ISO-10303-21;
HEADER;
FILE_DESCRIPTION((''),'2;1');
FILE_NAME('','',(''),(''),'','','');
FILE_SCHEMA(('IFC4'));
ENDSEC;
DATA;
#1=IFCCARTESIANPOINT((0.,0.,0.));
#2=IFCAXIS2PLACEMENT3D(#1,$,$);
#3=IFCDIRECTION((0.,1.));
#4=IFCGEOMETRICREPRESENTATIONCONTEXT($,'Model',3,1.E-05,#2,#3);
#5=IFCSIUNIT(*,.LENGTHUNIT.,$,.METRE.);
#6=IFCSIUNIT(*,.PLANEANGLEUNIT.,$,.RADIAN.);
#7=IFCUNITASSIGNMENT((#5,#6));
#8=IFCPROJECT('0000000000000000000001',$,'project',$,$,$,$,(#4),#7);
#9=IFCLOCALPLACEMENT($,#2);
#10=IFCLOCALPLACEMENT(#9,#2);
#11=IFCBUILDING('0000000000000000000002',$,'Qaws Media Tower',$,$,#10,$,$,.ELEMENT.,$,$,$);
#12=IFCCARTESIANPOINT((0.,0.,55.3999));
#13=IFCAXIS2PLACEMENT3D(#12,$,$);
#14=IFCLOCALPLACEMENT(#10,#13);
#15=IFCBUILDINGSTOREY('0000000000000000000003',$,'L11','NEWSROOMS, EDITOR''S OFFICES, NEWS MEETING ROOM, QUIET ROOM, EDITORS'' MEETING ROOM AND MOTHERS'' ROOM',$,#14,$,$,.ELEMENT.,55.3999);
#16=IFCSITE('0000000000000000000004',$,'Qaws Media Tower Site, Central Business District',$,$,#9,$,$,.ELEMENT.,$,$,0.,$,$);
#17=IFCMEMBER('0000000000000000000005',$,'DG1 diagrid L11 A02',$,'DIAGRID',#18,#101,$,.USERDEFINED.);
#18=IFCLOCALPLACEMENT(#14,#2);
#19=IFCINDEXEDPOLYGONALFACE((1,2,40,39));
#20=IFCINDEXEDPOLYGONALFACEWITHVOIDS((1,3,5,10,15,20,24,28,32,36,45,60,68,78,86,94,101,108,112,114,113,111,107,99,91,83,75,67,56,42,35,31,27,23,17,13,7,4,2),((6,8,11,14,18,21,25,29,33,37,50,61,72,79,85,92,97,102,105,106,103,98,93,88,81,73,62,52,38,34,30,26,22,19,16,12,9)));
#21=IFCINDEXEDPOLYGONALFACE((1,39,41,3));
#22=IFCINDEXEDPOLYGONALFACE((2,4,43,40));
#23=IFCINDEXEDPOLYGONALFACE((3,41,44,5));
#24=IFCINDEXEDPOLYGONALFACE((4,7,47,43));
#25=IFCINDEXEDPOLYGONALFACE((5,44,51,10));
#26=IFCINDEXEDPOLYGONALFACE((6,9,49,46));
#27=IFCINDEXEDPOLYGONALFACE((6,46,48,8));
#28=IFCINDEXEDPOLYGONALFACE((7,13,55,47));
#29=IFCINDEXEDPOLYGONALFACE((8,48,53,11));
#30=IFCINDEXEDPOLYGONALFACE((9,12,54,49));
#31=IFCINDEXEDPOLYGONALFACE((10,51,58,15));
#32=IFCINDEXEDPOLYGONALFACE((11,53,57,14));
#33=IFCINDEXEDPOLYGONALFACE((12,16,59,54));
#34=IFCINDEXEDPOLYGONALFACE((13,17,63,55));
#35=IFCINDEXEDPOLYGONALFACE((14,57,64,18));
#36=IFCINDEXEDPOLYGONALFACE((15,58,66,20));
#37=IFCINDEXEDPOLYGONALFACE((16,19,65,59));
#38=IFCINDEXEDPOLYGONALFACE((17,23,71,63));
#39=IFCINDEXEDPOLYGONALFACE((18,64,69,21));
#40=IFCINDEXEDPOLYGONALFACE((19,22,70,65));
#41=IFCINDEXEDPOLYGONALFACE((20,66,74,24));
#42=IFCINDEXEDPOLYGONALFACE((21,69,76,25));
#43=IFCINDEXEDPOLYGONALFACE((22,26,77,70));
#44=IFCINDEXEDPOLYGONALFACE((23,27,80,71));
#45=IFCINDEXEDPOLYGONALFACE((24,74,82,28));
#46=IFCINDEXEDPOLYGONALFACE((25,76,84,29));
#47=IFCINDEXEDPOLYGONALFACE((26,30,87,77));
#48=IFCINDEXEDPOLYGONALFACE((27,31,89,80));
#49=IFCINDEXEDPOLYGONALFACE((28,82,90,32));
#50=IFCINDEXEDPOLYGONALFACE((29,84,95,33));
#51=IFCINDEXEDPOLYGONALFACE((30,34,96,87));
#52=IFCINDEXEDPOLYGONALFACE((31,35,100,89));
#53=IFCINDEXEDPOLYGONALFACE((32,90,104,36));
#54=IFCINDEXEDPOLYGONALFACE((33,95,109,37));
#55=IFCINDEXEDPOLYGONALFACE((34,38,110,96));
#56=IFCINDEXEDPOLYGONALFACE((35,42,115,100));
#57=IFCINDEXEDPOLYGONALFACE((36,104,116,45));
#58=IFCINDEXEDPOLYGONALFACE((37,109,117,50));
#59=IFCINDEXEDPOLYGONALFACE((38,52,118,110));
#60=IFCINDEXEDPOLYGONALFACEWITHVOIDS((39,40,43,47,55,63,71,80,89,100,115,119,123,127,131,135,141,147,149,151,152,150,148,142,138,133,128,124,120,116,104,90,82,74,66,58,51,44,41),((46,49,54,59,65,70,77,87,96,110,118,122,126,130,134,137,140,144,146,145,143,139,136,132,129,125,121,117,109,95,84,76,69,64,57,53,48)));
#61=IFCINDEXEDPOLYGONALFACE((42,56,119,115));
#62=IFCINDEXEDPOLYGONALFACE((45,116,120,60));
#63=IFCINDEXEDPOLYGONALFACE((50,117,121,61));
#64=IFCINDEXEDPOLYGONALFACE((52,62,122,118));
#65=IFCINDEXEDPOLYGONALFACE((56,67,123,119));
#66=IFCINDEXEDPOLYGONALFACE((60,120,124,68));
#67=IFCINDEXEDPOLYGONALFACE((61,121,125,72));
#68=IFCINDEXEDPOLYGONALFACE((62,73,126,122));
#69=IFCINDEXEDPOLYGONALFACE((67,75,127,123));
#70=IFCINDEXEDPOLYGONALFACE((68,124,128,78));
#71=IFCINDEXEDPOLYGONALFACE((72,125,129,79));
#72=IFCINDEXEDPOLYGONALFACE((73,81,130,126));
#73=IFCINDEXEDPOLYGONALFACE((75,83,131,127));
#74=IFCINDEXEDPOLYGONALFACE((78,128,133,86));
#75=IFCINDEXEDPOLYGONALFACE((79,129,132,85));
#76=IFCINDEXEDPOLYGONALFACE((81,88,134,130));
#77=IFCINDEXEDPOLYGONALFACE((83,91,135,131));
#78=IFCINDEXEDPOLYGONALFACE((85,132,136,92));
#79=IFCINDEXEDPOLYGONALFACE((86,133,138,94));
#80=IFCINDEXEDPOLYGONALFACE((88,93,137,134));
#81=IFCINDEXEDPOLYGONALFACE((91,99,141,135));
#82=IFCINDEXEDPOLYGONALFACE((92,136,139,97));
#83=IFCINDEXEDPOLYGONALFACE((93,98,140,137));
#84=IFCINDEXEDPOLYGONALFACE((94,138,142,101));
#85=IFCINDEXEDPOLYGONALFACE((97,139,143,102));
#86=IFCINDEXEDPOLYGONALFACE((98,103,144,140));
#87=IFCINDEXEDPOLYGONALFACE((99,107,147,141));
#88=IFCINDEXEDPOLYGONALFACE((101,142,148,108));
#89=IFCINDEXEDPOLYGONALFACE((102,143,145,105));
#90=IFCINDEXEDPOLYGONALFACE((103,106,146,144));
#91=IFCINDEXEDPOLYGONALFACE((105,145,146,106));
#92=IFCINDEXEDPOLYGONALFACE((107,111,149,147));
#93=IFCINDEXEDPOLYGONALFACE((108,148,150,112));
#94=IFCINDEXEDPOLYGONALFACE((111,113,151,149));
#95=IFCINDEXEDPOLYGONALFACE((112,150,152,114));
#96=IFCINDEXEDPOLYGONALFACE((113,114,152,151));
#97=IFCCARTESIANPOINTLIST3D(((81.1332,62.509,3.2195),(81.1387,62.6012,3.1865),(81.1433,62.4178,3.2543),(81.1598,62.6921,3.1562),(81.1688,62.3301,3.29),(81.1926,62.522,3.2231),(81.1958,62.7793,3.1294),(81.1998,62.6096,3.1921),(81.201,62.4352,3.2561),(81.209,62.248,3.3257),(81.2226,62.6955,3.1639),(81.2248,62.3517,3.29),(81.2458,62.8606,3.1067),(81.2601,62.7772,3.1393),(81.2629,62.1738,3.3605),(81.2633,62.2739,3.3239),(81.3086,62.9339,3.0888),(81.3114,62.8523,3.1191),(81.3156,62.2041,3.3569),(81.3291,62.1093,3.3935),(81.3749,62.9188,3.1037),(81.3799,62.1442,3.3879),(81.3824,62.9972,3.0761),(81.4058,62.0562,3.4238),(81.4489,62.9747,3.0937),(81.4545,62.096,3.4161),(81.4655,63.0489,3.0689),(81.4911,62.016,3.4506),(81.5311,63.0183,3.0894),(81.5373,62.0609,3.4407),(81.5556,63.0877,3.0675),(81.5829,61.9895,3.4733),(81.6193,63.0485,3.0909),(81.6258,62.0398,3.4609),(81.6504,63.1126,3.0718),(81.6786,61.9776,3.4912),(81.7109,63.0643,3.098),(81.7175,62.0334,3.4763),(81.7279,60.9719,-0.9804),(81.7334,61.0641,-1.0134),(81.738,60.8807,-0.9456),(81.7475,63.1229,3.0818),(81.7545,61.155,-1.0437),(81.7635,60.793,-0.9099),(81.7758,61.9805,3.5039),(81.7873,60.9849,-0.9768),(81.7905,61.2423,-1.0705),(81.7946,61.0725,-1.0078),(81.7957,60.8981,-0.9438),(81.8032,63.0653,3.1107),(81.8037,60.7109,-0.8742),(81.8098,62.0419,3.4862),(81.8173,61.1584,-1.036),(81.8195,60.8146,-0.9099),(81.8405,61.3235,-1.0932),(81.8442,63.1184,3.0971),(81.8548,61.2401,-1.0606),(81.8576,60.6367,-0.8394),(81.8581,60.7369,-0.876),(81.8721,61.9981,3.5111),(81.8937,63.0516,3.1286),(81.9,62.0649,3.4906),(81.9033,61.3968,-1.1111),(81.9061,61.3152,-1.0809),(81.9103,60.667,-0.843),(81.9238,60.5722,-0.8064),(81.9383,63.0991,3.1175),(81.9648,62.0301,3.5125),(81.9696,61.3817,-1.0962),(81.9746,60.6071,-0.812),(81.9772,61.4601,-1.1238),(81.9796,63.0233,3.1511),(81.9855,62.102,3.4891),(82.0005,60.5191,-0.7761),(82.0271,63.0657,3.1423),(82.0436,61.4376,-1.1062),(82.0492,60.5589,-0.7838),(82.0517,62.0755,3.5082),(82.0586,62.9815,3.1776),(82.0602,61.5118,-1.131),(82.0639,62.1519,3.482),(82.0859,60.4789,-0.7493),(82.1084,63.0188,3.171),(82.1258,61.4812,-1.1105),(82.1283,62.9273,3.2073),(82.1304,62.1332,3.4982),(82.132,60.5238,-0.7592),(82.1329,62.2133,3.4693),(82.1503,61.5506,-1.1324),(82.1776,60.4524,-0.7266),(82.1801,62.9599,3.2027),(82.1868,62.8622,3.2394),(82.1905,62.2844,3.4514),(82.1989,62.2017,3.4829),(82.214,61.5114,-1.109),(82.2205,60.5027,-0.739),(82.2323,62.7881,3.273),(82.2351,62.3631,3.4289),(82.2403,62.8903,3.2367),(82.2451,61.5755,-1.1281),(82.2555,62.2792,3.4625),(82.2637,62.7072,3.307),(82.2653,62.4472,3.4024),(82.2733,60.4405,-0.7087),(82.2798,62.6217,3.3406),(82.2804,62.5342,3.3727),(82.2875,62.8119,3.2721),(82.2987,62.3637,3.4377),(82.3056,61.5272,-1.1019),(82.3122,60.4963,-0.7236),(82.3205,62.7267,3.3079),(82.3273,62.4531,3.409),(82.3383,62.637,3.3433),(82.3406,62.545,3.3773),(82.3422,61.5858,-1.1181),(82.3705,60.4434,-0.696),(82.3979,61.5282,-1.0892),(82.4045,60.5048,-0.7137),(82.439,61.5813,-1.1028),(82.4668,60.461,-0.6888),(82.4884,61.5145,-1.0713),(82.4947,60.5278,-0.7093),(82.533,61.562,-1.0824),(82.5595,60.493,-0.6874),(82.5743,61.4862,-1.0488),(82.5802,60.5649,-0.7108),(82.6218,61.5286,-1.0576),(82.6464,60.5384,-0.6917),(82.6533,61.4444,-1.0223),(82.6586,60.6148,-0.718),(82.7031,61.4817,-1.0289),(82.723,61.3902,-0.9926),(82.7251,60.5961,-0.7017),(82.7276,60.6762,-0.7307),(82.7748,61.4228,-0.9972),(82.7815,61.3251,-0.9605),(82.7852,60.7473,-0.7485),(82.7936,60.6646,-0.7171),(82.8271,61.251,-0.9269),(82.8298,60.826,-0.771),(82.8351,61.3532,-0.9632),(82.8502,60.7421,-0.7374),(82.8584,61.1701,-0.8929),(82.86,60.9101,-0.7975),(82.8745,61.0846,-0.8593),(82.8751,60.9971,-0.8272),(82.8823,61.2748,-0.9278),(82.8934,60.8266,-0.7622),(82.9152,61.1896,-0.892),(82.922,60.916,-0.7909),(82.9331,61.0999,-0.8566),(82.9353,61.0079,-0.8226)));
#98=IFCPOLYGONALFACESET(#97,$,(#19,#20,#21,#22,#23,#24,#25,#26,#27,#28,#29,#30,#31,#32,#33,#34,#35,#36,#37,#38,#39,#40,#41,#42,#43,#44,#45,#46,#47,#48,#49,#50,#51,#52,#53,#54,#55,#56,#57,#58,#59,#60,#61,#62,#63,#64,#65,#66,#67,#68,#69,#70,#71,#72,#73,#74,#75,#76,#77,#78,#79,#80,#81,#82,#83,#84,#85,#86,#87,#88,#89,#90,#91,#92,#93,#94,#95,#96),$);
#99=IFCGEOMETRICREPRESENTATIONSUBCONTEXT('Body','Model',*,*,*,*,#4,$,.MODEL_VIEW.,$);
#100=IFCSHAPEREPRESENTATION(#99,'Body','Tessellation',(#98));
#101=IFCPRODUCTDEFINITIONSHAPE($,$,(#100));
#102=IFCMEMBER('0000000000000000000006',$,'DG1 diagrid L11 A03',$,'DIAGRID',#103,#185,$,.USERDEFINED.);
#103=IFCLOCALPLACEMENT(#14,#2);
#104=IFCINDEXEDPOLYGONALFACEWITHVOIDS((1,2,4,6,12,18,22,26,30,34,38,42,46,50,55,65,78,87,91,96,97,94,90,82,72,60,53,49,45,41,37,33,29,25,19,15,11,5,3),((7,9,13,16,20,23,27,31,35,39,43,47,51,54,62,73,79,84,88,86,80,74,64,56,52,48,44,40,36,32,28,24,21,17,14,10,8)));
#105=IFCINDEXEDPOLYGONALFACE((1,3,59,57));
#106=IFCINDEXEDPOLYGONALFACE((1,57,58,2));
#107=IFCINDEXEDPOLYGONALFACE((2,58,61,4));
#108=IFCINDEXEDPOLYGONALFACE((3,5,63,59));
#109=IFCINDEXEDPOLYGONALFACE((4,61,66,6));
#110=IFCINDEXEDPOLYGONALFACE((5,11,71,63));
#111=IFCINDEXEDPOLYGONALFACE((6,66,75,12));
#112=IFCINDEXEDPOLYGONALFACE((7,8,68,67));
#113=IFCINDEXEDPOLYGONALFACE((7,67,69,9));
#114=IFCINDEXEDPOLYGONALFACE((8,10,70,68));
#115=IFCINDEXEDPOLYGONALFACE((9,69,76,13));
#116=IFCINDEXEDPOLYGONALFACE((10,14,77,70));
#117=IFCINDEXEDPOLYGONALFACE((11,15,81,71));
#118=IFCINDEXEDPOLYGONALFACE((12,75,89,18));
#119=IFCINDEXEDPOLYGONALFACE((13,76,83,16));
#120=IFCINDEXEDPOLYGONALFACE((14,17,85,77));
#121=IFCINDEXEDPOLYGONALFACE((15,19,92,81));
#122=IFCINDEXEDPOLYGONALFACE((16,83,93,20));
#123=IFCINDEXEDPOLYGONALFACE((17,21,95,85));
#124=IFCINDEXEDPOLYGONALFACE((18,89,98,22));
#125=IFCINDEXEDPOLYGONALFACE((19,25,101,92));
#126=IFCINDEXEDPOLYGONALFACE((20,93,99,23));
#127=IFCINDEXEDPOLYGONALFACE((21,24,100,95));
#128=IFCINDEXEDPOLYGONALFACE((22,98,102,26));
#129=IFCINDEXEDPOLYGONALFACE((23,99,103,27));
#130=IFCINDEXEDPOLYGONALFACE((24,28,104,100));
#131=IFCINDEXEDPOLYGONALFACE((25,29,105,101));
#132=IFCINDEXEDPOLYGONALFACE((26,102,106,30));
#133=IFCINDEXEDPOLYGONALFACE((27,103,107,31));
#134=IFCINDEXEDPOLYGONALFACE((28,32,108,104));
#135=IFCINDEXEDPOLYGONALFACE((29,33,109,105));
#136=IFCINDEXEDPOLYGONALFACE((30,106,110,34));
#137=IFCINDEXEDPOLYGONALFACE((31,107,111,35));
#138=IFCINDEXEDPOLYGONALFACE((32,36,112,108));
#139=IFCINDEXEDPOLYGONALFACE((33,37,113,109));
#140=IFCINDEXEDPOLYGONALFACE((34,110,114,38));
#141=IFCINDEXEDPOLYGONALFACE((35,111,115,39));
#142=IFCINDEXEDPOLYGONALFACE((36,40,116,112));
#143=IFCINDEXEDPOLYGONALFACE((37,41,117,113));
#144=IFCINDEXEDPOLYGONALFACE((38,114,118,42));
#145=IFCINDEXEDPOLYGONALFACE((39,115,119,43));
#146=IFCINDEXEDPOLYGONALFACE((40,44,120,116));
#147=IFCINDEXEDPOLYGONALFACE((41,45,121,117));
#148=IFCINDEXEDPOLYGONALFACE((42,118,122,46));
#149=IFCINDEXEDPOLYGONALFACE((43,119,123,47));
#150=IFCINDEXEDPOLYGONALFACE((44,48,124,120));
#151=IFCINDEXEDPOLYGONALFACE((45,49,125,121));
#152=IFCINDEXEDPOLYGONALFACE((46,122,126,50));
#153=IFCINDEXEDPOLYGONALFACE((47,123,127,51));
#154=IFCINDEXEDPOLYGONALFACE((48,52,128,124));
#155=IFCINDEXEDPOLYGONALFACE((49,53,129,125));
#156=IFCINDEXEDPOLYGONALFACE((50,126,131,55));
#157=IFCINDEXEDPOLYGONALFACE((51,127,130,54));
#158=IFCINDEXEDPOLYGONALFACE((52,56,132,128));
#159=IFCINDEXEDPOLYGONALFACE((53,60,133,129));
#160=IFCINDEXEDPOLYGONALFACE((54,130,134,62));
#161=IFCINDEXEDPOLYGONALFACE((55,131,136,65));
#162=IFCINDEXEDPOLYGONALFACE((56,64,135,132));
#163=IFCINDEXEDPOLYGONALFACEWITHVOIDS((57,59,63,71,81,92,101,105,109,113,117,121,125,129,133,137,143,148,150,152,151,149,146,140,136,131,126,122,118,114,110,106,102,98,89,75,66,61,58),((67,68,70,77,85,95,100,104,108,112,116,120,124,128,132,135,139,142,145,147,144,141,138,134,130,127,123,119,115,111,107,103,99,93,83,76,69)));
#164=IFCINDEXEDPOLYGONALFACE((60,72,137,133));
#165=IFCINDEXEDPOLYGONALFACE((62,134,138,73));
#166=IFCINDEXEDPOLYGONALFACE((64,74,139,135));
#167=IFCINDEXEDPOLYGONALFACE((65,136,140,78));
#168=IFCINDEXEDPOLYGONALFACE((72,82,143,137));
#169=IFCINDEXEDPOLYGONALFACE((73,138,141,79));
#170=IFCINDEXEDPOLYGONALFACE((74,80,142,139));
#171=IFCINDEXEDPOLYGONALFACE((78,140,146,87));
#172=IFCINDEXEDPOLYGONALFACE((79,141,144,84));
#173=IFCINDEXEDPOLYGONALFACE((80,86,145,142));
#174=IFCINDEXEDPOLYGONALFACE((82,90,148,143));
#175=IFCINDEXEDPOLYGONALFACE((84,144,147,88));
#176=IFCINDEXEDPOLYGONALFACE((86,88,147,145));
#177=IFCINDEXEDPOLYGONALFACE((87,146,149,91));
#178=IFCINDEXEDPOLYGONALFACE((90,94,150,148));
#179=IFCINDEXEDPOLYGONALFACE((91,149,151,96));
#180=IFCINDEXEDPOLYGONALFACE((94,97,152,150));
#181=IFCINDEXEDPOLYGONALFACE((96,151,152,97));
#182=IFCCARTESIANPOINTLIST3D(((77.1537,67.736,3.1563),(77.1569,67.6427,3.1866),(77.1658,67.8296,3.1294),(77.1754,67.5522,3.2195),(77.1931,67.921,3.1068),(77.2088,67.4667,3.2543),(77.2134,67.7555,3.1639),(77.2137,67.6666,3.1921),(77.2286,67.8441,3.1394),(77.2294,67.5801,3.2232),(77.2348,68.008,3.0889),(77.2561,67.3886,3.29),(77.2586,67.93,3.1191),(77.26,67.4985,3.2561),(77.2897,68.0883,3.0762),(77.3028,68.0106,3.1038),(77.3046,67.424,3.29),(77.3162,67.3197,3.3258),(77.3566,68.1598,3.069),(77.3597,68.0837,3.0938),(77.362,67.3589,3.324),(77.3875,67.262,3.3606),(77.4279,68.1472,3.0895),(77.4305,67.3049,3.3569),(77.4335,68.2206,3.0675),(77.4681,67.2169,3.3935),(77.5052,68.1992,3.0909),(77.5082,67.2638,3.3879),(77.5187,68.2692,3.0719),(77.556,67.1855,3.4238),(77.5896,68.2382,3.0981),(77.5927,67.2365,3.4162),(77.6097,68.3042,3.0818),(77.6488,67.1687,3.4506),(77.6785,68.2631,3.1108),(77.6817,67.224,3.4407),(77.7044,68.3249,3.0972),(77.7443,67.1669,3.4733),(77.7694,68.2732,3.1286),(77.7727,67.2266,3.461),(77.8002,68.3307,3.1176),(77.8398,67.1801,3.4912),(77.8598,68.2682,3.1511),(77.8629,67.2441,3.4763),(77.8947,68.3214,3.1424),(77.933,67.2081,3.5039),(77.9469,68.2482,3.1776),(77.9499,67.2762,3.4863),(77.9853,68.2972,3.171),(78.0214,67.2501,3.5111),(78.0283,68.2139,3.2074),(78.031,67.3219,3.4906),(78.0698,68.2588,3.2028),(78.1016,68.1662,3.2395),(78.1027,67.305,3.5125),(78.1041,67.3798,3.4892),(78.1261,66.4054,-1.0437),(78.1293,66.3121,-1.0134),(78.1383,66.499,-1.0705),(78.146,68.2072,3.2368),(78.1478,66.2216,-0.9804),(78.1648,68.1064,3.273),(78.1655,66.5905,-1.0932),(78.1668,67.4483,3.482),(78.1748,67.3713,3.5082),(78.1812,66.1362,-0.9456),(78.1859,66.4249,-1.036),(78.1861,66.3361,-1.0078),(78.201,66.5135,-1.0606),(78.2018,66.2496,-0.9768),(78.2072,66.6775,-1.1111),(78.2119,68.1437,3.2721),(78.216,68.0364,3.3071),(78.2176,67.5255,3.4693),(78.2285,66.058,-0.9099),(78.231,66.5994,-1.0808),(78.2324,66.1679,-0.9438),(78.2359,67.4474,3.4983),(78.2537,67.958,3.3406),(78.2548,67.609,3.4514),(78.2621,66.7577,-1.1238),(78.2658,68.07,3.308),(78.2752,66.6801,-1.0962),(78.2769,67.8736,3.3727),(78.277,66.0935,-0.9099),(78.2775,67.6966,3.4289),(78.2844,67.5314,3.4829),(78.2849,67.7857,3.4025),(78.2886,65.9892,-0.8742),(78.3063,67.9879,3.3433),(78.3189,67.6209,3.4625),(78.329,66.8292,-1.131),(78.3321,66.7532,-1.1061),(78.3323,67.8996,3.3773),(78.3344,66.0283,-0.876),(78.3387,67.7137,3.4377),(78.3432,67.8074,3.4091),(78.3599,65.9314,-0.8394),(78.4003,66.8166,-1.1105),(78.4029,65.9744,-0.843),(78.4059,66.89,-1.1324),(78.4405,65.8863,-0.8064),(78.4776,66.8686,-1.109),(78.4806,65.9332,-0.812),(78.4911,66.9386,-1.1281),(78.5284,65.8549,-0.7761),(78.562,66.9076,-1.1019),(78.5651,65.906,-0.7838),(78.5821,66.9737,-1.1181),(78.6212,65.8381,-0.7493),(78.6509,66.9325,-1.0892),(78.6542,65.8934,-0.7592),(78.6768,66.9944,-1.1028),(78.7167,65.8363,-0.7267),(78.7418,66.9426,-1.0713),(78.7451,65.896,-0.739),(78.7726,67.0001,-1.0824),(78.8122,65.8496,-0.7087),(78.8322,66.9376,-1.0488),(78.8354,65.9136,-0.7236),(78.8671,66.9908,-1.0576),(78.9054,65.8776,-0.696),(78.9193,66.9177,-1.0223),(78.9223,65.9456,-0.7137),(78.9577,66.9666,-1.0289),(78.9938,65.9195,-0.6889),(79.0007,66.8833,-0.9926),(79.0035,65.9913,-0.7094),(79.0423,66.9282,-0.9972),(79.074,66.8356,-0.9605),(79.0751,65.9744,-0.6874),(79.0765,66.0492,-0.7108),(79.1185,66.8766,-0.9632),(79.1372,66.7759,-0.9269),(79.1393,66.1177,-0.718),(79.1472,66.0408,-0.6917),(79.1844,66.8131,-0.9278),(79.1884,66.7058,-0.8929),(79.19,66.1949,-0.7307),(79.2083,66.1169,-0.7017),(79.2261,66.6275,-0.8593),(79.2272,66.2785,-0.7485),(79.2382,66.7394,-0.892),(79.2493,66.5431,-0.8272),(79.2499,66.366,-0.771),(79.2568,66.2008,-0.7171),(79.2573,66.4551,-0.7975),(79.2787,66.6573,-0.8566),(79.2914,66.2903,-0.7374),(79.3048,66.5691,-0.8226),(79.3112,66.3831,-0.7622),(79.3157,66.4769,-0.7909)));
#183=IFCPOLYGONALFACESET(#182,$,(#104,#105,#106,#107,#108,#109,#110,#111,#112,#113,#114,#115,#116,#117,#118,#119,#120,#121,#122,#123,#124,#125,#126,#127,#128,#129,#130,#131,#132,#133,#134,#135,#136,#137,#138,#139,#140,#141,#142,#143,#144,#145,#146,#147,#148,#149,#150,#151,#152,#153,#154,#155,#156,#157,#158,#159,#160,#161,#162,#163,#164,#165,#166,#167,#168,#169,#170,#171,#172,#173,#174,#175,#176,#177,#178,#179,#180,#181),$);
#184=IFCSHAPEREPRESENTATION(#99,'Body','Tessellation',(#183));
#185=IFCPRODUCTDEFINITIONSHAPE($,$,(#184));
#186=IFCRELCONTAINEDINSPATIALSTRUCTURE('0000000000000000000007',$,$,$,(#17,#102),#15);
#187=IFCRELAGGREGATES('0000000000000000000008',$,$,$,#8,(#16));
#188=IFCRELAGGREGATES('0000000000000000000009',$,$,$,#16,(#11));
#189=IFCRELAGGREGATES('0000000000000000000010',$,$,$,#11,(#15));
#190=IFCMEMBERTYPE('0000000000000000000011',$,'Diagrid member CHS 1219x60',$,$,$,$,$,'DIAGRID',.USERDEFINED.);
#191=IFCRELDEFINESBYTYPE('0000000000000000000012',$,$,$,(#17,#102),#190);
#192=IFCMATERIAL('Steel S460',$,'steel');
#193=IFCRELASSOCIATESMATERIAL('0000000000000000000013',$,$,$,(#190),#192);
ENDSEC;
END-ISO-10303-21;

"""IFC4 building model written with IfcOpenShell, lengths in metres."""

from ifc_helpers import new_model, si_unit, direction, frame, origin, origin_2d, place, context, subcontext, project, spatial, hollow_circle, extrude, material, material_profile, profile_set, type_object, element, save


model = new_model("IFC4")

# Units and contexts
model_context = context("Model", 3, precision=1e-05, world=origin(), true_north=direction((0.0, 1.0)))
body_context = subcontext(model_context, "Body", "Model", "MODEL_VIEW")
ifc_project = project(units=[si_unit("LENGTHUNIT", "METRE"), si_unit("PLANEANGLEUNIT", "RADIAN")], contexts=[model_context])

# Site, building, storey
site_placement = place(None, origin())
site = spatial("IfcSite", under=ifc_project, at=site_placement, Name="Qaws Media Tower Site, Central Business District", CompositionType="ELEMENT", RefElevation=0.0)
building_placement = place(site_placement, origin())
building = spatial("IfcBuilding", under=site, at=building_placement, Name="Qaws Media Tower", CompositionType="ELEMENT")
storey_placement = place(building_placement, frame((0.0, 0.0, 55.3999)))
storey = spatial("IfcBuildingStorey", under=building, at=storey_placement, Name="L11", Description="NEWSROOMS, EDITOR'S OFFICES, NEWS MEETING ROOM, QUIET ROOM, EDITORS' MEETING ROOM AND MOTHERS' ROOM", CompositionType="ELEMENT", Elevation=55.3999)

# Members
ifc_material_1 = material(Name="Steel S460", Category="steel")
ifc_material_profile_1 = material_profile(ifc_material_1, hollow_circle(Radius=0.6096, WallThickness=0.0601, at=origin_2d()), Name="CHS 1219x60")
ifc_profile_set_1 = profile_set([ifc_material_profile_1], Name="Steel S460")
member_type_1 = type_object("IfcMemberType", Name="Diagrid member CHS 1219x60", ElementType="DIAGRID", PredefinedType="USERDEFINED", material=ifc_profile_set_1)
for number, where, z_axis, x_axis, name in (
    (1, (82.332, 61.0129, -0.9099), (-0.131817, 0.340689, 0.930889), (-0.932626, -0.360844, 0.0), "DG1 diagrid L11 A02"),
    (2, (78.7207, 66.4177, -0.9099), (-0.21553, 0.294914, 0.930899), (-0.807369, -0.590046, 0.0), "DG1 diagrid L11 A03"),
):
    element("IfcMember", number, at=place(storey_placement, frame(where, z_axis=z_axis, x_axis=x_axis)), inside=storey, type_object=member_type_1, Name=name, ObjectType="DIAGRID", PredefinedType="USERDEFINED", context=body_context, shape_type="SweptSolid", body=[
        extrude(hollow_circle(Radius=0.6096, WallThickness=0.0601, at=origin_2d()), origin(), (0.0, 0.0, 1.0), 4.5117),
    ])

save(model, "model.ifc")
